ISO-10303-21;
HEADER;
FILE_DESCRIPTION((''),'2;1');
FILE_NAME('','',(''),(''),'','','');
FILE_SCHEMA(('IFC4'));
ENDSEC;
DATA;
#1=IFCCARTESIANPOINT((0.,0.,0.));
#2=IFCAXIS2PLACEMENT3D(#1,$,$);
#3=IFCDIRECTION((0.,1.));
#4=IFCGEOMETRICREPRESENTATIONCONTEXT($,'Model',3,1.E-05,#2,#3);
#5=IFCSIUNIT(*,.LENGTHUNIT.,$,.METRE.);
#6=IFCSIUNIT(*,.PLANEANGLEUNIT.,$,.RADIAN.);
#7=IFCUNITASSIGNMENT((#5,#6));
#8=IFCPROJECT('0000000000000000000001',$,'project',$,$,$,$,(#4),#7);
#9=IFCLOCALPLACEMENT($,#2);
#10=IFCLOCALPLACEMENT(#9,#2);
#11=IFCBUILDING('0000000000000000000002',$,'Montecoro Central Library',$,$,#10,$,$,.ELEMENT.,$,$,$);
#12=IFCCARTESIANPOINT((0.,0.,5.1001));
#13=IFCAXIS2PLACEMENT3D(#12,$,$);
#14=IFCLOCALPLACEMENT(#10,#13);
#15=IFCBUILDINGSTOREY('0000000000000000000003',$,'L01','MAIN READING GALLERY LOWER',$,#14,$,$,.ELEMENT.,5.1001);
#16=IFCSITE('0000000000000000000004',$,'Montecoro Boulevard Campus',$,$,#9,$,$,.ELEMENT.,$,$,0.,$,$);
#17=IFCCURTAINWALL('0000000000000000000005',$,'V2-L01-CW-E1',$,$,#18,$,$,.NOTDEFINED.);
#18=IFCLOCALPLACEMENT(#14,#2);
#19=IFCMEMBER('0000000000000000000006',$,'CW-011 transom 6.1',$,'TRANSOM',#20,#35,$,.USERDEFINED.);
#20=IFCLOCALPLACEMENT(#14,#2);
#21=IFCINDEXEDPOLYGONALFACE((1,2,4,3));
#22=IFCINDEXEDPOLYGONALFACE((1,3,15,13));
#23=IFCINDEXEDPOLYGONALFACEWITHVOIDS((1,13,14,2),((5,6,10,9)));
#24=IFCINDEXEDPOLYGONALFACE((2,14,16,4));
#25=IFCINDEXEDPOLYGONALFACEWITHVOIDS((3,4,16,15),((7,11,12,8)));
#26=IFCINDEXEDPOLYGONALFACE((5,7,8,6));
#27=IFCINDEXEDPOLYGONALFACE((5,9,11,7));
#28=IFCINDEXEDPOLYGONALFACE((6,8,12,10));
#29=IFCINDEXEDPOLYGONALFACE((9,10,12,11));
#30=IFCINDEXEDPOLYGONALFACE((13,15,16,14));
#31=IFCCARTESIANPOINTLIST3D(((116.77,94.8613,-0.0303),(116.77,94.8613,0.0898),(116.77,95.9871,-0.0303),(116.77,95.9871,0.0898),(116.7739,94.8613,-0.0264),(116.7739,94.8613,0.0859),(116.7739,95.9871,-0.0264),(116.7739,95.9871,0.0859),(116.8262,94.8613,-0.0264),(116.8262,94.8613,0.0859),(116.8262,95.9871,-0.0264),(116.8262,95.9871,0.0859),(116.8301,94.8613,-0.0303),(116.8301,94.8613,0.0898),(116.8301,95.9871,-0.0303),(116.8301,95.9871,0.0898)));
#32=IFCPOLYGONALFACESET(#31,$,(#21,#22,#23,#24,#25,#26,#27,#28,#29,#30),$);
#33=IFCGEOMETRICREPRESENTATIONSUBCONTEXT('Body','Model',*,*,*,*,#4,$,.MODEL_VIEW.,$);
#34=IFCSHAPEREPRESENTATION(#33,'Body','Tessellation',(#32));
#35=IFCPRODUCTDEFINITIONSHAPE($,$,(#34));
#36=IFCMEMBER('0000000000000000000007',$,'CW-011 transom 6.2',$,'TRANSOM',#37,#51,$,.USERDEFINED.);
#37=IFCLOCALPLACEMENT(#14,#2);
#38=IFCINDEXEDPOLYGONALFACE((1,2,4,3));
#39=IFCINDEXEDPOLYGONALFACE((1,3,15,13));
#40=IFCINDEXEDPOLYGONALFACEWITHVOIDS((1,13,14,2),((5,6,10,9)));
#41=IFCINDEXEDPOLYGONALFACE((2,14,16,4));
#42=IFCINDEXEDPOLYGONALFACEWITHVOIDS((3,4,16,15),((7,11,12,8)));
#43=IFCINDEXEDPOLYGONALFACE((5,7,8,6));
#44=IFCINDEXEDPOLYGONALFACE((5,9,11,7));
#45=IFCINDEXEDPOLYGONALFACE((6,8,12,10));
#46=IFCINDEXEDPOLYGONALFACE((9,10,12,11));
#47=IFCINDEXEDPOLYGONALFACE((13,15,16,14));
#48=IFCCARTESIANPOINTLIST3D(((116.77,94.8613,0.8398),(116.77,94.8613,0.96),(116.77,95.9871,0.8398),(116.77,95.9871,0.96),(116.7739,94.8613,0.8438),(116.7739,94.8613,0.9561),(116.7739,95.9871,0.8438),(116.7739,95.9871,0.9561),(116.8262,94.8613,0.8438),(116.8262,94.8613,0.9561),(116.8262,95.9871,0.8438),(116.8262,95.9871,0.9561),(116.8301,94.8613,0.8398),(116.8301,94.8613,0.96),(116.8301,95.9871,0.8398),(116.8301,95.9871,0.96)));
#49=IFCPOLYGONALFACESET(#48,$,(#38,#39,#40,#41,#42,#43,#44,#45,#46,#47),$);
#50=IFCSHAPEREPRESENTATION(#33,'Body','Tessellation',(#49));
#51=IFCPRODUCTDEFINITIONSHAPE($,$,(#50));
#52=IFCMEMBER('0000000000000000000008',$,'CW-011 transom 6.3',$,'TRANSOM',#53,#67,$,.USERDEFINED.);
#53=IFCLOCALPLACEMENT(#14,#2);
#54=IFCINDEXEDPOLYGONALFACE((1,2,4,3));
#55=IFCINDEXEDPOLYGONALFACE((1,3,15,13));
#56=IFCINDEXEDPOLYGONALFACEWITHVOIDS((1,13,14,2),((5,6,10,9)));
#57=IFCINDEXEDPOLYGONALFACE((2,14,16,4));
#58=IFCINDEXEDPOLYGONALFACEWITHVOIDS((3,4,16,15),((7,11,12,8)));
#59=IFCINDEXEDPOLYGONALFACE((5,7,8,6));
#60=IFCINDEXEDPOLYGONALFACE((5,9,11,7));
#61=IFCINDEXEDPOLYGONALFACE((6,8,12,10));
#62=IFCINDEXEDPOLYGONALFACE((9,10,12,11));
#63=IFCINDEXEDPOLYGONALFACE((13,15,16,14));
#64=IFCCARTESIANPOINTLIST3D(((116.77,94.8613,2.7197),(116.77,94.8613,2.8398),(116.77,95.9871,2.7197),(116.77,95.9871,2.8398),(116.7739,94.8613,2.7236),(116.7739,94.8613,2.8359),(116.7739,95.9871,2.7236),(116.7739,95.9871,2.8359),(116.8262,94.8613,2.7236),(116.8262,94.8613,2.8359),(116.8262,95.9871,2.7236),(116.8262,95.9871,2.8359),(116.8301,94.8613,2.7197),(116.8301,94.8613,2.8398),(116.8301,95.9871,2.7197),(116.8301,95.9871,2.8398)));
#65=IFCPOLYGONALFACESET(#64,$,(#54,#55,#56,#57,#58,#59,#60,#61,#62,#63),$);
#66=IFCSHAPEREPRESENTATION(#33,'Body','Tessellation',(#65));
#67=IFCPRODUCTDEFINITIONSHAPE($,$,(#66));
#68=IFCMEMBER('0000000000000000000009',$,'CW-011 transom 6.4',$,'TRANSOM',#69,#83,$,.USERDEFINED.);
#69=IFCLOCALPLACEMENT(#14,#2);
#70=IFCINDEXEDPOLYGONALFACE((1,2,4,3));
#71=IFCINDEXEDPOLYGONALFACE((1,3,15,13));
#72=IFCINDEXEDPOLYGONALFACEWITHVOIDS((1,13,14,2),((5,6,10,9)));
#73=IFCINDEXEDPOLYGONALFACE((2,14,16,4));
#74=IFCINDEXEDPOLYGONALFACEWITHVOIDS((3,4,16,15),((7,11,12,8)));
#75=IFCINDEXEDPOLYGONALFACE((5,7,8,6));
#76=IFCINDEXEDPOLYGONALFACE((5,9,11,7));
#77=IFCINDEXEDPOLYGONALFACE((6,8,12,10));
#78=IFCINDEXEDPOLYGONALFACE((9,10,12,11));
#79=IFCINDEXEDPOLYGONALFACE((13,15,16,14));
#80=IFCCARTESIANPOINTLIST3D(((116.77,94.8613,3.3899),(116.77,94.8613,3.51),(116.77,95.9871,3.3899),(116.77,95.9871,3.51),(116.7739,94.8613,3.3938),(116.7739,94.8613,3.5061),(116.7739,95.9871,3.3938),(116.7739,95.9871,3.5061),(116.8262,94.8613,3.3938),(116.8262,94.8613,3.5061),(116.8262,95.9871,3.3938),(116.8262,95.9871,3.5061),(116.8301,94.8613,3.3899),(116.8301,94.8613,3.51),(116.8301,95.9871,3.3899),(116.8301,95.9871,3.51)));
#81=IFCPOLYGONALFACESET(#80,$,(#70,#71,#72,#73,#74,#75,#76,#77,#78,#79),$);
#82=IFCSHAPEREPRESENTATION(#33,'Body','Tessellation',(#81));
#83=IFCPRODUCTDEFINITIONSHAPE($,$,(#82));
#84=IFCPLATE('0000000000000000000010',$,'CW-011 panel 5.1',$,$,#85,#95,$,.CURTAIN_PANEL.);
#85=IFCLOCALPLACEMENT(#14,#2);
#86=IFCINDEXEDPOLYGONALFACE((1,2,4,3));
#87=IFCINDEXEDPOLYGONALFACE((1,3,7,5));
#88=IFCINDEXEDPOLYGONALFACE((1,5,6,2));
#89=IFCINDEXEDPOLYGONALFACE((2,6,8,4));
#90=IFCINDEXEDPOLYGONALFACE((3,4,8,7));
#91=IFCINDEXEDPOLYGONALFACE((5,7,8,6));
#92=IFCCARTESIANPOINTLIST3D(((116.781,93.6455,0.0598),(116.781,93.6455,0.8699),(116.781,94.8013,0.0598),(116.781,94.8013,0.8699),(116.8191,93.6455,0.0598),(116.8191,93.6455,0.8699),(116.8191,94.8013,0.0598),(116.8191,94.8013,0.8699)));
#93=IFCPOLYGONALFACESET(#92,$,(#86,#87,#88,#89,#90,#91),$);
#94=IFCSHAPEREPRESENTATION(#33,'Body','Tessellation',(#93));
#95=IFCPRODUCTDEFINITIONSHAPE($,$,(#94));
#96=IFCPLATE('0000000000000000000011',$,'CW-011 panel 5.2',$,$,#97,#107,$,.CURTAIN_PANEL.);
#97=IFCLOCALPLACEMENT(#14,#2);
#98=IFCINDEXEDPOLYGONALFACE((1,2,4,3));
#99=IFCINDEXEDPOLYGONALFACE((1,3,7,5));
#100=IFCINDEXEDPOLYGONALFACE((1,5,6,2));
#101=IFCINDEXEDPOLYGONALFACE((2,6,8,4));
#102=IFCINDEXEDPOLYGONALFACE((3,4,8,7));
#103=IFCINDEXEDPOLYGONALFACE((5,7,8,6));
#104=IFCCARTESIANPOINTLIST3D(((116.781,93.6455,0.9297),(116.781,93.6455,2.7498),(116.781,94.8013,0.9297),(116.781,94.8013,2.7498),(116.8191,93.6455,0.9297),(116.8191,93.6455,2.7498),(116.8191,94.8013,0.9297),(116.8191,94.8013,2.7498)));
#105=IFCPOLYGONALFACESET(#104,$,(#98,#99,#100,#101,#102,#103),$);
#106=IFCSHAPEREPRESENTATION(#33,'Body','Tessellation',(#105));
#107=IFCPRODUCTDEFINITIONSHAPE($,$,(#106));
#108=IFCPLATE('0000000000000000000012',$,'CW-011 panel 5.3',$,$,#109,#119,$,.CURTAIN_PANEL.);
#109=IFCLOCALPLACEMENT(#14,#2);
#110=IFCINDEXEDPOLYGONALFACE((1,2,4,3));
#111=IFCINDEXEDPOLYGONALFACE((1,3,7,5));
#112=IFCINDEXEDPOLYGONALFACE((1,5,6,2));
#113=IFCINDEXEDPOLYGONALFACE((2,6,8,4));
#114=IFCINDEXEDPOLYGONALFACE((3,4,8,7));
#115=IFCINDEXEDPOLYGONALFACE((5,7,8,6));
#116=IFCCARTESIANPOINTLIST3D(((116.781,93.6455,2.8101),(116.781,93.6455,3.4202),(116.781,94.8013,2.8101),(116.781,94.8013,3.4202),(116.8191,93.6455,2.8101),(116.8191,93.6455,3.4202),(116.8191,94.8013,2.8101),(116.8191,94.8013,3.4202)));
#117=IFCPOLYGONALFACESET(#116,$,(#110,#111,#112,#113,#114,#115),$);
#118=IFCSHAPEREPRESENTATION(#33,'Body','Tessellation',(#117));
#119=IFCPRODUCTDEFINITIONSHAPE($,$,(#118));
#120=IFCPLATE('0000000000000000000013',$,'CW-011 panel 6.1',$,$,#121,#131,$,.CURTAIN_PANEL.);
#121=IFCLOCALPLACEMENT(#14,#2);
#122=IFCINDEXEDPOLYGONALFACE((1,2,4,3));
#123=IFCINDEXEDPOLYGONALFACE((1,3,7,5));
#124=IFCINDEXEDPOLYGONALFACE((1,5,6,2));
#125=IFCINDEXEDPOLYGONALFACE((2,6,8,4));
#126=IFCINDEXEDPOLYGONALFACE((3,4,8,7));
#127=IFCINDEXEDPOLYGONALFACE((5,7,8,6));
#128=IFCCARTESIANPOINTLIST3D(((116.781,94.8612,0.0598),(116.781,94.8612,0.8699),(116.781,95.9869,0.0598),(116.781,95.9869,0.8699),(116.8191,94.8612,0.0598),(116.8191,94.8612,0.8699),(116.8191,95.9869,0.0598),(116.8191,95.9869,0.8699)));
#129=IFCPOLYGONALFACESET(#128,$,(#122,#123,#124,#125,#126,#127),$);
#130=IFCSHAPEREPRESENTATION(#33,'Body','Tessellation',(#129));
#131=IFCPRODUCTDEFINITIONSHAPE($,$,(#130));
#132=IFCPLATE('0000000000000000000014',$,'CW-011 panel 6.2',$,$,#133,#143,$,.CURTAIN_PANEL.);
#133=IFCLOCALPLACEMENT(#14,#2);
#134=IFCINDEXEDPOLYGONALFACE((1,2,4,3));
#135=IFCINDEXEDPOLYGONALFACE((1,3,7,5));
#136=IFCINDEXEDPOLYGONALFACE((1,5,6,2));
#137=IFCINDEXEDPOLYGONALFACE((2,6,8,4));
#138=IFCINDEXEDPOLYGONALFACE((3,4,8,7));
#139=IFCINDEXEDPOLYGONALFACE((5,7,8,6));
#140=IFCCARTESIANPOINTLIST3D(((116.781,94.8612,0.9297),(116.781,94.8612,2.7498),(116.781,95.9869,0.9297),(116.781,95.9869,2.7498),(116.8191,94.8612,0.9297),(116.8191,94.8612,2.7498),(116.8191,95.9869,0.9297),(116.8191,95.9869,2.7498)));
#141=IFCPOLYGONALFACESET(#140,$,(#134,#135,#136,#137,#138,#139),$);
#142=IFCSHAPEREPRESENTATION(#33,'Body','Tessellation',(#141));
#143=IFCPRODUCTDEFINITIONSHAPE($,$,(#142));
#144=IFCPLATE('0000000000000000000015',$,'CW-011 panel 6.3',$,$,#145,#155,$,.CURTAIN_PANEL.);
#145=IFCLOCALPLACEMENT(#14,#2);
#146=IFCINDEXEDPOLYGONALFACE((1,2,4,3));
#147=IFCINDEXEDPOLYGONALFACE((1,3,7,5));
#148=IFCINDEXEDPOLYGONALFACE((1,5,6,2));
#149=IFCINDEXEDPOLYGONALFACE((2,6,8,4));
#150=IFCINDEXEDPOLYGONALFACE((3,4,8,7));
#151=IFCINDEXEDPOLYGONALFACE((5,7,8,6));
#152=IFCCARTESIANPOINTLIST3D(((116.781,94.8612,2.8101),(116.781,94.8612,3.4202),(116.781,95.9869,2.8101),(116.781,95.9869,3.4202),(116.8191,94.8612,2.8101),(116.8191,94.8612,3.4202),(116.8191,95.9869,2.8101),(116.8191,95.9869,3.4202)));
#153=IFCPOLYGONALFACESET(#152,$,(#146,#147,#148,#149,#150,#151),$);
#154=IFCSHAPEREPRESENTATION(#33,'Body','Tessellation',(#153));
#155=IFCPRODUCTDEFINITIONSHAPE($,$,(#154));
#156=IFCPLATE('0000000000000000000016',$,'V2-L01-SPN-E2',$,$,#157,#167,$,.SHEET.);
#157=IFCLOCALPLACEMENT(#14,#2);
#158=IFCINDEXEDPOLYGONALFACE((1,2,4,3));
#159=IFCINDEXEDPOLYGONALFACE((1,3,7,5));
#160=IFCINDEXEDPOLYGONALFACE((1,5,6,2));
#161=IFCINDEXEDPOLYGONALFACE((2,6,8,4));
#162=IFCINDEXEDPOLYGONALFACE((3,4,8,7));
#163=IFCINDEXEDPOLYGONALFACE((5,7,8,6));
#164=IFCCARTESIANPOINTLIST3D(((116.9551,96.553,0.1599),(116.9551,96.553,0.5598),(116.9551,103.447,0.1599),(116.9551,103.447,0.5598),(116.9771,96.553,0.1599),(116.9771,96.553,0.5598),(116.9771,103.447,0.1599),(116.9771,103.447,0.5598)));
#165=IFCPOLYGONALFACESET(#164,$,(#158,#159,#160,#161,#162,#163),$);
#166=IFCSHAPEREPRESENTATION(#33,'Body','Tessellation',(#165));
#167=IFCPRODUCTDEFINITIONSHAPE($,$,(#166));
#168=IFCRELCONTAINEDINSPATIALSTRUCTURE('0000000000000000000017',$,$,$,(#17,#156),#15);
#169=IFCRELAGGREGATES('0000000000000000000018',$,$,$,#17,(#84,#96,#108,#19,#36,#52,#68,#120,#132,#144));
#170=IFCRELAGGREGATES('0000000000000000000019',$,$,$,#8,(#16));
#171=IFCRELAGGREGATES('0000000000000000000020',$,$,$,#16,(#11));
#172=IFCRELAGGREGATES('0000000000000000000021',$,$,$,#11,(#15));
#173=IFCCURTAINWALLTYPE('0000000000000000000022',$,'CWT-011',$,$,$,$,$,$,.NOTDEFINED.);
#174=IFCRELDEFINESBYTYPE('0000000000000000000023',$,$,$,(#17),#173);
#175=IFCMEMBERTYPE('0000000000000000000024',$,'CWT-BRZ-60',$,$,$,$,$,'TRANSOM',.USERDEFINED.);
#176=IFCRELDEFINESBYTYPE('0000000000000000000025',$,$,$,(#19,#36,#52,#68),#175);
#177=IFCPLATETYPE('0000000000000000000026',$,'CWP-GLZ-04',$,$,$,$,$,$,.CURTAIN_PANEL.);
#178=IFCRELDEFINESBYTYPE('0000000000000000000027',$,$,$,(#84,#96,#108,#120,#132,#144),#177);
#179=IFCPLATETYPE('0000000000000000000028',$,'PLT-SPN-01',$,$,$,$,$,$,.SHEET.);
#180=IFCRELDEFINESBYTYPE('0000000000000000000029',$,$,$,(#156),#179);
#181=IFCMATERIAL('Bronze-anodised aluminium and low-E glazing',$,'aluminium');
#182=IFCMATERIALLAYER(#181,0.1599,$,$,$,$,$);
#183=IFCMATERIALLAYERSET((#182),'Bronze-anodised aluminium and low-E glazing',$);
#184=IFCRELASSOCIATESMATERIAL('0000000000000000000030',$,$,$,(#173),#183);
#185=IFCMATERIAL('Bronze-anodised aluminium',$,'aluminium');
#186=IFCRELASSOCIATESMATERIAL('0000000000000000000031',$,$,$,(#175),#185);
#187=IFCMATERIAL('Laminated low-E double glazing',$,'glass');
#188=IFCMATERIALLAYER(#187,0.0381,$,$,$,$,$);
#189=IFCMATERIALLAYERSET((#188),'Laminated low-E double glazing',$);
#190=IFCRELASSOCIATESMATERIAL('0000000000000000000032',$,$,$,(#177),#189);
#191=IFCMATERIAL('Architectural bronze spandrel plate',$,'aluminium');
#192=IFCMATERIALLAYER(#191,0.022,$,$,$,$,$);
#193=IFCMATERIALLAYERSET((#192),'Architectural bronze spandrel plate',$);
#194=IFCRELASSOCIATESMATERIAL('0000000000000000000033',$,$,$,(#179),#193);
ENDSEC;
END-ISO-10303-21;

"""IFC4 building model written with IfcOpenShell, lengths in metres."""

from ifc_helpers import new_model, si_unit, direction, frame, origin, origin_2d, place, context, subcontext, project, spatial, rectangle, hollow_rectangle, extrude, material, layer, layer_set, material_profile, profile_set, type_object, element, aggregate, save


model = new_model("IFC4")

# Units and contexts
model_context = context("Model", 3, precision=1e-05, world=origin(), true_north=direction((0.0, 1.0)))
body_context = subcontext(model_context, "Body", "Model", "MODEL_VIEW")
ifc_project = project(units=[si_unit("LENGTHUNIT", "METRE"), si_unit("PLANEANGLEUNIT", "RADIAN")], contexts=[model_context])

# Site, building, storey
site_placement = place(None, origin())
site = spatial("IfcSite", under=ifc_project, at=site_placement, Name="Montecoro Boulevard Campus", CompositionType="ELEMENT", RefElevation=0.0)
building_placement = place(site_placement, origin())
building = spatial("IfcBuilding", under=site, at=building_placement, Name="Montecoro Central Library", CompositionType="ELEMENT")
storey_placement = place(building_placement, frame((0.0, 0.0, 5.1001)))
storey = spatial("IfcBuildingStorey", under=building, at=storey_placement, Name="L01", Description="MAIN READING GALLERY LOWER", CompositionType="ELEMENT", Elevation=5.1001)

# Curtain wall, members, plates
ifc_material_1 = material(Name="Bronze-anodised aluminium and low-E glazing", Category="aluminium")
ifc_layer_1 = layer(ifc_material_1, 0.1599)
ifc_layer_set_1 = layer_set([ifc_layer_1], Name="Bronze-anodised aluminium and low-E glazing")
curtain_wall_type = type_object("IfcCurtainWallType", Name="CWT-011", PredefinedType="NOTDEFINED", material=ifc_layer_set_1)
curtain_wall_placement = place(storey_placement, origin())
curtain_wall = element("IfcCurtainWall", 1, at=curtain_wall_placement, inside=storey, type_object=curtain_wall_type, Name="V2-L01-CW-E1", PredefinedType="NOTDEFINED")
ifc_material_2 = material(Name="Bronze-anodised aluminium", Category="aluminium")
ifc_material_profile_1 = material_profile(ifc_material_2, hollow_rectangle(XDim=0.0601, YDim=0.1201, WallThickness=0.0039, at=origin_2d()), Name="CWT 120x60x4.0")
ifc_profile_set_1 = profile_set([ifc_material_profile_1], Name="Bronze-anodised aluminium")
member_type_1 = type_object("IfcMemberType", Name="CWT-BRZ-60", ElementType="TRANSOM", PredefinedType="USERDEFINED", material=ifc_profile_set_1)
member_1_placement = place(storey_placement, frame((116.8, 94.8613, 0.0298), z_axis=(0.0, 1.0, 0.0), x_axis=(-1.0, 0.0, 0.0)))
member_1 = element("IfcMember", 2, at=member_1_placement, type_object=member_type_1, Name="CW-011 transom 6.1", ObjectType="TRANSOM", PredefinedType="USERDEFINED", context=body_context, shape_type="SweptSolid", body=[
    extrude(hollow_rectangle(XDim=0.0601, YDim=0.1201, WallThickness=0.0039, at=origin_2d()), origin(), (0.0, 0.0, 1.0), 1.1257),
])
member_2_placement = place(storey_placement, frame((116.8, 94.8613, 0.8999), z_axis=(0.0, 1.0, 0.0), x_axis=(-1.0, 0.0, 0.0)))
member_2 = element("IfcMember", 3, at=member_2_placement, type_object=member_type_1, Name="CW-011 transom 6.2", ObjectType="TRANSOM", PredefinedType="USERDEFINED", context=body_context, shape_type="SweptSolid", body=[
    extrude(hollow_rectangle(XDim=0.0601, YDim=0.1201, WallThickness=0.0039, at=origin_2d()), origin(), (0.0, 0.0, 1.0), 1.1257),
])
member_3_placement = place(storey_placement, frame((116.8, 94.8613, 2.7798), z_axis=(0.0, 1.0, 0.0), x_axis=(-1.0, 0.0, 0.0)))
member_3 = element("IfcMember", 4, at=member_3_placement, type_object=member_type_1, Name="CW-011 transom 6.3", ObjectType="TRANSOM", PredefinedType="USERDEFINED", context=body_context, shape_type="SweptSolid", body=[
    extrude(hollow_rectangle(XDim=0.0601, YDim=0.1201, WallThickness=0.0039, at=origin_2d()), origin(), (0.0, 0.0, 1.0), 1.1257),
])
member_4_placement = place(storey_placement, frame((116.8, 94.8613, 3.45), z_axis=(0.0, 1.0, 0.0), x_axis=(-1.0, 0.0, 0.0)))
member_4 = element("IfcMember", 5, at=member_4_placement, type_object=member_type_1, Name="CW-011 transom 6.4", ObjectType="TRANSOM", PredefinedType="USERDEFINED", context=body_context, shape_type="SweptSolid", body=[
    extrude(hollow_rectangle(XDim=0.0601, YDim=0.1201, WallThickness=0.0039, at=origin_2d()), origin(), (0.0, 0.0, 1.0), 1.1257),
])
ifc_material_3 = material(Name="Laminated low-E double glazing", Category="glass")
ifc_layer_2 = layer(ifc_material_3, 0.0381)
ifc_layer_set_2 = layer_set([ifc_layer_2], Name="Laminated low-E double glazing")
plate_type_1 = type_object("IfcPlateType", Name="CWP-GLZ-04", PredefinedType="CURTAIN_PANEL", material=ifc_layer_set_2)
plate_1_placement = place(storey_placement, frame((116.8, 94.2234, 0.0598), z_axis=(0.0, 0.0, 1.0), x_axis=(0.0, 1.0, 0.0)))
plate_1 = element("IfcPlate", 6, at=plate_1_placement, type_object=plate_type_1, Name="CW-011 panel 5.1", PredefinedType="CURTAIN_PANEL", context=body_context, shape_type="SweptSolid", body=[
    extrude(rectangle(XDim=1.1558, YDim=0.0381, at=origin_2d()), origin(), (0.0, 0.0, 1.0), 0.8101),
])
plate_2_placement = place(storey_placement, frame((116.8, 94.2234, 0.9297), z_axis=(0.0, 0.0, 1.0), x_axis=(0.0, 1.0, 0.0)))
plate_2 = element("IfcPlate", 7, at=plate_2_placement, type_object=plate_type_1, Name="CW-011 panel 5.2", PredefinedType="CURTAIN_PANEL", context=body_context, shape_type="SweptSolid", body=[
    extrude(rectangle(XDim=1.1558, YDim=0.0381, at=origin_2d()), origin(), (0.0, 0.0, 1.0), 1.8201),
])
plate_3_placement = place(storey_placement, frame((116.8, 94.2234, 2.8101), z_axis=(0.0, 0.0, 1.0), x_axis=(0.0, 1.0, 0.0)))
plate_3 = element("IfcPlate", 8, at=plate_3_placement, type_object=plate_type_1, Name="CW-011 panel 5.3", PredefinedType="CURTAIN_PANEL", context=body_context, shape_type="SweptSolid", body=[
    extrude(rectangle(XDim=1.1558, YDim=0.0381, at=origin_2d()), origin(), (0.0, 0.0, 1.0), 0.6101),
])
plate_4_placement = place(storey_placement, frame((116.8, 95.4241, 0.0598), z_axis=(0.0, 0.0, 1.0), x_axis=(0.0, 1.0, 0.0)))
plate_4 = element("IfcPlate", 9, at=plate_4_placement, type_object=plate_type_1, Name="CW-011 panel 6.1", PredefinedType="CURTAIN_PANEL", context=body_context, shape_type="SweptSolid", body=[
    extrude(rectangle(XDim=1.1257, YDim=0.0381, at=origin_2d()), origin(), (0.0, 0.0, 1.0), 0.8101),
])
plate_5_placement = place(storey_placement, frame((116.8, 95.4241, 0.9297), z_axis=(0.0, 0.0, 1.0), x_axis=(0.0, 1.0, 0.0)))
plate_5 = element("IfcPlate", 10, at=plate_5_placement, type_object=plate_type_1, Name="CW-011 panel 6.2", PredefinedType="CURTAIN_PANEL", context=body_context, shape_type="SweptSolid", body=[
    extrude(rectangle(XDim=1.1257, YDim=0.0381, at=origin_2d()), origin(), (0.0, 0.0, 1.0), 1.8201),
])
plate_6_placement = place(storey_placement, frame((116.8, 95.4241, 2.8101), z_axis=(0.0, 0.0, 1.0), x_axis=(0.0, 1.0, 0.0)))
plate_6 = element("IfcPlate", 11, at=plate_6_placement, type_object=plate_type_1, Name="CW-011 panel 6.3", PredefinedType="CURTAIN_PANEL", context=body_context, shape_type="SweptSolid", body=[
    extrude(rectangle(XDim=1.1257, YDim=0.0381, at=origin_2d()), origin(), (0.0, 0.0, 1.0), 0.6101),
])
aggregate(curtain_wall, [plate_1, plate_2, plate_3, member_1, member_2, member_3, member_4, plate_4, plate_5, plate_6])

# Plate
ifc_material_4 = material(Name="Architectural bronze spandrel plate", Category="aluminium")
ifc_layer_3 = layer(ifc_material_4, 0.022)
ifc_layer_set_3 = layer_set([ifc_layer_3], Name="Architectural bronze spandrel plate")
plate_type_2 = type_object("IfcPlateType", Name="PLT-SPN-01", PredefinedType="SHEET", material=ifc_layer_set_3)
plate_7_placement = place(storey_placement, frame((116.9661, 100.0, 0.1599), z_axis=(0.0, 0.0, 1.0), x_axis=(0.0, 1.0, 0.0)))
element("IfcPlate", 12, at=plate_7_placement, inside=storey, type_object=plate_type_2, Name="V2-L01-SPN-E2", PredefinedType="SHEET", context=body_context, shape_type="SweptSolid", body=[
    extrude(rectangle(XDim=6.894, YDim=0.022, at=origin_2d()), origin(), (0.0, 0.0, 1.0), 0.3999),
])

save(model, "model.ifc")
